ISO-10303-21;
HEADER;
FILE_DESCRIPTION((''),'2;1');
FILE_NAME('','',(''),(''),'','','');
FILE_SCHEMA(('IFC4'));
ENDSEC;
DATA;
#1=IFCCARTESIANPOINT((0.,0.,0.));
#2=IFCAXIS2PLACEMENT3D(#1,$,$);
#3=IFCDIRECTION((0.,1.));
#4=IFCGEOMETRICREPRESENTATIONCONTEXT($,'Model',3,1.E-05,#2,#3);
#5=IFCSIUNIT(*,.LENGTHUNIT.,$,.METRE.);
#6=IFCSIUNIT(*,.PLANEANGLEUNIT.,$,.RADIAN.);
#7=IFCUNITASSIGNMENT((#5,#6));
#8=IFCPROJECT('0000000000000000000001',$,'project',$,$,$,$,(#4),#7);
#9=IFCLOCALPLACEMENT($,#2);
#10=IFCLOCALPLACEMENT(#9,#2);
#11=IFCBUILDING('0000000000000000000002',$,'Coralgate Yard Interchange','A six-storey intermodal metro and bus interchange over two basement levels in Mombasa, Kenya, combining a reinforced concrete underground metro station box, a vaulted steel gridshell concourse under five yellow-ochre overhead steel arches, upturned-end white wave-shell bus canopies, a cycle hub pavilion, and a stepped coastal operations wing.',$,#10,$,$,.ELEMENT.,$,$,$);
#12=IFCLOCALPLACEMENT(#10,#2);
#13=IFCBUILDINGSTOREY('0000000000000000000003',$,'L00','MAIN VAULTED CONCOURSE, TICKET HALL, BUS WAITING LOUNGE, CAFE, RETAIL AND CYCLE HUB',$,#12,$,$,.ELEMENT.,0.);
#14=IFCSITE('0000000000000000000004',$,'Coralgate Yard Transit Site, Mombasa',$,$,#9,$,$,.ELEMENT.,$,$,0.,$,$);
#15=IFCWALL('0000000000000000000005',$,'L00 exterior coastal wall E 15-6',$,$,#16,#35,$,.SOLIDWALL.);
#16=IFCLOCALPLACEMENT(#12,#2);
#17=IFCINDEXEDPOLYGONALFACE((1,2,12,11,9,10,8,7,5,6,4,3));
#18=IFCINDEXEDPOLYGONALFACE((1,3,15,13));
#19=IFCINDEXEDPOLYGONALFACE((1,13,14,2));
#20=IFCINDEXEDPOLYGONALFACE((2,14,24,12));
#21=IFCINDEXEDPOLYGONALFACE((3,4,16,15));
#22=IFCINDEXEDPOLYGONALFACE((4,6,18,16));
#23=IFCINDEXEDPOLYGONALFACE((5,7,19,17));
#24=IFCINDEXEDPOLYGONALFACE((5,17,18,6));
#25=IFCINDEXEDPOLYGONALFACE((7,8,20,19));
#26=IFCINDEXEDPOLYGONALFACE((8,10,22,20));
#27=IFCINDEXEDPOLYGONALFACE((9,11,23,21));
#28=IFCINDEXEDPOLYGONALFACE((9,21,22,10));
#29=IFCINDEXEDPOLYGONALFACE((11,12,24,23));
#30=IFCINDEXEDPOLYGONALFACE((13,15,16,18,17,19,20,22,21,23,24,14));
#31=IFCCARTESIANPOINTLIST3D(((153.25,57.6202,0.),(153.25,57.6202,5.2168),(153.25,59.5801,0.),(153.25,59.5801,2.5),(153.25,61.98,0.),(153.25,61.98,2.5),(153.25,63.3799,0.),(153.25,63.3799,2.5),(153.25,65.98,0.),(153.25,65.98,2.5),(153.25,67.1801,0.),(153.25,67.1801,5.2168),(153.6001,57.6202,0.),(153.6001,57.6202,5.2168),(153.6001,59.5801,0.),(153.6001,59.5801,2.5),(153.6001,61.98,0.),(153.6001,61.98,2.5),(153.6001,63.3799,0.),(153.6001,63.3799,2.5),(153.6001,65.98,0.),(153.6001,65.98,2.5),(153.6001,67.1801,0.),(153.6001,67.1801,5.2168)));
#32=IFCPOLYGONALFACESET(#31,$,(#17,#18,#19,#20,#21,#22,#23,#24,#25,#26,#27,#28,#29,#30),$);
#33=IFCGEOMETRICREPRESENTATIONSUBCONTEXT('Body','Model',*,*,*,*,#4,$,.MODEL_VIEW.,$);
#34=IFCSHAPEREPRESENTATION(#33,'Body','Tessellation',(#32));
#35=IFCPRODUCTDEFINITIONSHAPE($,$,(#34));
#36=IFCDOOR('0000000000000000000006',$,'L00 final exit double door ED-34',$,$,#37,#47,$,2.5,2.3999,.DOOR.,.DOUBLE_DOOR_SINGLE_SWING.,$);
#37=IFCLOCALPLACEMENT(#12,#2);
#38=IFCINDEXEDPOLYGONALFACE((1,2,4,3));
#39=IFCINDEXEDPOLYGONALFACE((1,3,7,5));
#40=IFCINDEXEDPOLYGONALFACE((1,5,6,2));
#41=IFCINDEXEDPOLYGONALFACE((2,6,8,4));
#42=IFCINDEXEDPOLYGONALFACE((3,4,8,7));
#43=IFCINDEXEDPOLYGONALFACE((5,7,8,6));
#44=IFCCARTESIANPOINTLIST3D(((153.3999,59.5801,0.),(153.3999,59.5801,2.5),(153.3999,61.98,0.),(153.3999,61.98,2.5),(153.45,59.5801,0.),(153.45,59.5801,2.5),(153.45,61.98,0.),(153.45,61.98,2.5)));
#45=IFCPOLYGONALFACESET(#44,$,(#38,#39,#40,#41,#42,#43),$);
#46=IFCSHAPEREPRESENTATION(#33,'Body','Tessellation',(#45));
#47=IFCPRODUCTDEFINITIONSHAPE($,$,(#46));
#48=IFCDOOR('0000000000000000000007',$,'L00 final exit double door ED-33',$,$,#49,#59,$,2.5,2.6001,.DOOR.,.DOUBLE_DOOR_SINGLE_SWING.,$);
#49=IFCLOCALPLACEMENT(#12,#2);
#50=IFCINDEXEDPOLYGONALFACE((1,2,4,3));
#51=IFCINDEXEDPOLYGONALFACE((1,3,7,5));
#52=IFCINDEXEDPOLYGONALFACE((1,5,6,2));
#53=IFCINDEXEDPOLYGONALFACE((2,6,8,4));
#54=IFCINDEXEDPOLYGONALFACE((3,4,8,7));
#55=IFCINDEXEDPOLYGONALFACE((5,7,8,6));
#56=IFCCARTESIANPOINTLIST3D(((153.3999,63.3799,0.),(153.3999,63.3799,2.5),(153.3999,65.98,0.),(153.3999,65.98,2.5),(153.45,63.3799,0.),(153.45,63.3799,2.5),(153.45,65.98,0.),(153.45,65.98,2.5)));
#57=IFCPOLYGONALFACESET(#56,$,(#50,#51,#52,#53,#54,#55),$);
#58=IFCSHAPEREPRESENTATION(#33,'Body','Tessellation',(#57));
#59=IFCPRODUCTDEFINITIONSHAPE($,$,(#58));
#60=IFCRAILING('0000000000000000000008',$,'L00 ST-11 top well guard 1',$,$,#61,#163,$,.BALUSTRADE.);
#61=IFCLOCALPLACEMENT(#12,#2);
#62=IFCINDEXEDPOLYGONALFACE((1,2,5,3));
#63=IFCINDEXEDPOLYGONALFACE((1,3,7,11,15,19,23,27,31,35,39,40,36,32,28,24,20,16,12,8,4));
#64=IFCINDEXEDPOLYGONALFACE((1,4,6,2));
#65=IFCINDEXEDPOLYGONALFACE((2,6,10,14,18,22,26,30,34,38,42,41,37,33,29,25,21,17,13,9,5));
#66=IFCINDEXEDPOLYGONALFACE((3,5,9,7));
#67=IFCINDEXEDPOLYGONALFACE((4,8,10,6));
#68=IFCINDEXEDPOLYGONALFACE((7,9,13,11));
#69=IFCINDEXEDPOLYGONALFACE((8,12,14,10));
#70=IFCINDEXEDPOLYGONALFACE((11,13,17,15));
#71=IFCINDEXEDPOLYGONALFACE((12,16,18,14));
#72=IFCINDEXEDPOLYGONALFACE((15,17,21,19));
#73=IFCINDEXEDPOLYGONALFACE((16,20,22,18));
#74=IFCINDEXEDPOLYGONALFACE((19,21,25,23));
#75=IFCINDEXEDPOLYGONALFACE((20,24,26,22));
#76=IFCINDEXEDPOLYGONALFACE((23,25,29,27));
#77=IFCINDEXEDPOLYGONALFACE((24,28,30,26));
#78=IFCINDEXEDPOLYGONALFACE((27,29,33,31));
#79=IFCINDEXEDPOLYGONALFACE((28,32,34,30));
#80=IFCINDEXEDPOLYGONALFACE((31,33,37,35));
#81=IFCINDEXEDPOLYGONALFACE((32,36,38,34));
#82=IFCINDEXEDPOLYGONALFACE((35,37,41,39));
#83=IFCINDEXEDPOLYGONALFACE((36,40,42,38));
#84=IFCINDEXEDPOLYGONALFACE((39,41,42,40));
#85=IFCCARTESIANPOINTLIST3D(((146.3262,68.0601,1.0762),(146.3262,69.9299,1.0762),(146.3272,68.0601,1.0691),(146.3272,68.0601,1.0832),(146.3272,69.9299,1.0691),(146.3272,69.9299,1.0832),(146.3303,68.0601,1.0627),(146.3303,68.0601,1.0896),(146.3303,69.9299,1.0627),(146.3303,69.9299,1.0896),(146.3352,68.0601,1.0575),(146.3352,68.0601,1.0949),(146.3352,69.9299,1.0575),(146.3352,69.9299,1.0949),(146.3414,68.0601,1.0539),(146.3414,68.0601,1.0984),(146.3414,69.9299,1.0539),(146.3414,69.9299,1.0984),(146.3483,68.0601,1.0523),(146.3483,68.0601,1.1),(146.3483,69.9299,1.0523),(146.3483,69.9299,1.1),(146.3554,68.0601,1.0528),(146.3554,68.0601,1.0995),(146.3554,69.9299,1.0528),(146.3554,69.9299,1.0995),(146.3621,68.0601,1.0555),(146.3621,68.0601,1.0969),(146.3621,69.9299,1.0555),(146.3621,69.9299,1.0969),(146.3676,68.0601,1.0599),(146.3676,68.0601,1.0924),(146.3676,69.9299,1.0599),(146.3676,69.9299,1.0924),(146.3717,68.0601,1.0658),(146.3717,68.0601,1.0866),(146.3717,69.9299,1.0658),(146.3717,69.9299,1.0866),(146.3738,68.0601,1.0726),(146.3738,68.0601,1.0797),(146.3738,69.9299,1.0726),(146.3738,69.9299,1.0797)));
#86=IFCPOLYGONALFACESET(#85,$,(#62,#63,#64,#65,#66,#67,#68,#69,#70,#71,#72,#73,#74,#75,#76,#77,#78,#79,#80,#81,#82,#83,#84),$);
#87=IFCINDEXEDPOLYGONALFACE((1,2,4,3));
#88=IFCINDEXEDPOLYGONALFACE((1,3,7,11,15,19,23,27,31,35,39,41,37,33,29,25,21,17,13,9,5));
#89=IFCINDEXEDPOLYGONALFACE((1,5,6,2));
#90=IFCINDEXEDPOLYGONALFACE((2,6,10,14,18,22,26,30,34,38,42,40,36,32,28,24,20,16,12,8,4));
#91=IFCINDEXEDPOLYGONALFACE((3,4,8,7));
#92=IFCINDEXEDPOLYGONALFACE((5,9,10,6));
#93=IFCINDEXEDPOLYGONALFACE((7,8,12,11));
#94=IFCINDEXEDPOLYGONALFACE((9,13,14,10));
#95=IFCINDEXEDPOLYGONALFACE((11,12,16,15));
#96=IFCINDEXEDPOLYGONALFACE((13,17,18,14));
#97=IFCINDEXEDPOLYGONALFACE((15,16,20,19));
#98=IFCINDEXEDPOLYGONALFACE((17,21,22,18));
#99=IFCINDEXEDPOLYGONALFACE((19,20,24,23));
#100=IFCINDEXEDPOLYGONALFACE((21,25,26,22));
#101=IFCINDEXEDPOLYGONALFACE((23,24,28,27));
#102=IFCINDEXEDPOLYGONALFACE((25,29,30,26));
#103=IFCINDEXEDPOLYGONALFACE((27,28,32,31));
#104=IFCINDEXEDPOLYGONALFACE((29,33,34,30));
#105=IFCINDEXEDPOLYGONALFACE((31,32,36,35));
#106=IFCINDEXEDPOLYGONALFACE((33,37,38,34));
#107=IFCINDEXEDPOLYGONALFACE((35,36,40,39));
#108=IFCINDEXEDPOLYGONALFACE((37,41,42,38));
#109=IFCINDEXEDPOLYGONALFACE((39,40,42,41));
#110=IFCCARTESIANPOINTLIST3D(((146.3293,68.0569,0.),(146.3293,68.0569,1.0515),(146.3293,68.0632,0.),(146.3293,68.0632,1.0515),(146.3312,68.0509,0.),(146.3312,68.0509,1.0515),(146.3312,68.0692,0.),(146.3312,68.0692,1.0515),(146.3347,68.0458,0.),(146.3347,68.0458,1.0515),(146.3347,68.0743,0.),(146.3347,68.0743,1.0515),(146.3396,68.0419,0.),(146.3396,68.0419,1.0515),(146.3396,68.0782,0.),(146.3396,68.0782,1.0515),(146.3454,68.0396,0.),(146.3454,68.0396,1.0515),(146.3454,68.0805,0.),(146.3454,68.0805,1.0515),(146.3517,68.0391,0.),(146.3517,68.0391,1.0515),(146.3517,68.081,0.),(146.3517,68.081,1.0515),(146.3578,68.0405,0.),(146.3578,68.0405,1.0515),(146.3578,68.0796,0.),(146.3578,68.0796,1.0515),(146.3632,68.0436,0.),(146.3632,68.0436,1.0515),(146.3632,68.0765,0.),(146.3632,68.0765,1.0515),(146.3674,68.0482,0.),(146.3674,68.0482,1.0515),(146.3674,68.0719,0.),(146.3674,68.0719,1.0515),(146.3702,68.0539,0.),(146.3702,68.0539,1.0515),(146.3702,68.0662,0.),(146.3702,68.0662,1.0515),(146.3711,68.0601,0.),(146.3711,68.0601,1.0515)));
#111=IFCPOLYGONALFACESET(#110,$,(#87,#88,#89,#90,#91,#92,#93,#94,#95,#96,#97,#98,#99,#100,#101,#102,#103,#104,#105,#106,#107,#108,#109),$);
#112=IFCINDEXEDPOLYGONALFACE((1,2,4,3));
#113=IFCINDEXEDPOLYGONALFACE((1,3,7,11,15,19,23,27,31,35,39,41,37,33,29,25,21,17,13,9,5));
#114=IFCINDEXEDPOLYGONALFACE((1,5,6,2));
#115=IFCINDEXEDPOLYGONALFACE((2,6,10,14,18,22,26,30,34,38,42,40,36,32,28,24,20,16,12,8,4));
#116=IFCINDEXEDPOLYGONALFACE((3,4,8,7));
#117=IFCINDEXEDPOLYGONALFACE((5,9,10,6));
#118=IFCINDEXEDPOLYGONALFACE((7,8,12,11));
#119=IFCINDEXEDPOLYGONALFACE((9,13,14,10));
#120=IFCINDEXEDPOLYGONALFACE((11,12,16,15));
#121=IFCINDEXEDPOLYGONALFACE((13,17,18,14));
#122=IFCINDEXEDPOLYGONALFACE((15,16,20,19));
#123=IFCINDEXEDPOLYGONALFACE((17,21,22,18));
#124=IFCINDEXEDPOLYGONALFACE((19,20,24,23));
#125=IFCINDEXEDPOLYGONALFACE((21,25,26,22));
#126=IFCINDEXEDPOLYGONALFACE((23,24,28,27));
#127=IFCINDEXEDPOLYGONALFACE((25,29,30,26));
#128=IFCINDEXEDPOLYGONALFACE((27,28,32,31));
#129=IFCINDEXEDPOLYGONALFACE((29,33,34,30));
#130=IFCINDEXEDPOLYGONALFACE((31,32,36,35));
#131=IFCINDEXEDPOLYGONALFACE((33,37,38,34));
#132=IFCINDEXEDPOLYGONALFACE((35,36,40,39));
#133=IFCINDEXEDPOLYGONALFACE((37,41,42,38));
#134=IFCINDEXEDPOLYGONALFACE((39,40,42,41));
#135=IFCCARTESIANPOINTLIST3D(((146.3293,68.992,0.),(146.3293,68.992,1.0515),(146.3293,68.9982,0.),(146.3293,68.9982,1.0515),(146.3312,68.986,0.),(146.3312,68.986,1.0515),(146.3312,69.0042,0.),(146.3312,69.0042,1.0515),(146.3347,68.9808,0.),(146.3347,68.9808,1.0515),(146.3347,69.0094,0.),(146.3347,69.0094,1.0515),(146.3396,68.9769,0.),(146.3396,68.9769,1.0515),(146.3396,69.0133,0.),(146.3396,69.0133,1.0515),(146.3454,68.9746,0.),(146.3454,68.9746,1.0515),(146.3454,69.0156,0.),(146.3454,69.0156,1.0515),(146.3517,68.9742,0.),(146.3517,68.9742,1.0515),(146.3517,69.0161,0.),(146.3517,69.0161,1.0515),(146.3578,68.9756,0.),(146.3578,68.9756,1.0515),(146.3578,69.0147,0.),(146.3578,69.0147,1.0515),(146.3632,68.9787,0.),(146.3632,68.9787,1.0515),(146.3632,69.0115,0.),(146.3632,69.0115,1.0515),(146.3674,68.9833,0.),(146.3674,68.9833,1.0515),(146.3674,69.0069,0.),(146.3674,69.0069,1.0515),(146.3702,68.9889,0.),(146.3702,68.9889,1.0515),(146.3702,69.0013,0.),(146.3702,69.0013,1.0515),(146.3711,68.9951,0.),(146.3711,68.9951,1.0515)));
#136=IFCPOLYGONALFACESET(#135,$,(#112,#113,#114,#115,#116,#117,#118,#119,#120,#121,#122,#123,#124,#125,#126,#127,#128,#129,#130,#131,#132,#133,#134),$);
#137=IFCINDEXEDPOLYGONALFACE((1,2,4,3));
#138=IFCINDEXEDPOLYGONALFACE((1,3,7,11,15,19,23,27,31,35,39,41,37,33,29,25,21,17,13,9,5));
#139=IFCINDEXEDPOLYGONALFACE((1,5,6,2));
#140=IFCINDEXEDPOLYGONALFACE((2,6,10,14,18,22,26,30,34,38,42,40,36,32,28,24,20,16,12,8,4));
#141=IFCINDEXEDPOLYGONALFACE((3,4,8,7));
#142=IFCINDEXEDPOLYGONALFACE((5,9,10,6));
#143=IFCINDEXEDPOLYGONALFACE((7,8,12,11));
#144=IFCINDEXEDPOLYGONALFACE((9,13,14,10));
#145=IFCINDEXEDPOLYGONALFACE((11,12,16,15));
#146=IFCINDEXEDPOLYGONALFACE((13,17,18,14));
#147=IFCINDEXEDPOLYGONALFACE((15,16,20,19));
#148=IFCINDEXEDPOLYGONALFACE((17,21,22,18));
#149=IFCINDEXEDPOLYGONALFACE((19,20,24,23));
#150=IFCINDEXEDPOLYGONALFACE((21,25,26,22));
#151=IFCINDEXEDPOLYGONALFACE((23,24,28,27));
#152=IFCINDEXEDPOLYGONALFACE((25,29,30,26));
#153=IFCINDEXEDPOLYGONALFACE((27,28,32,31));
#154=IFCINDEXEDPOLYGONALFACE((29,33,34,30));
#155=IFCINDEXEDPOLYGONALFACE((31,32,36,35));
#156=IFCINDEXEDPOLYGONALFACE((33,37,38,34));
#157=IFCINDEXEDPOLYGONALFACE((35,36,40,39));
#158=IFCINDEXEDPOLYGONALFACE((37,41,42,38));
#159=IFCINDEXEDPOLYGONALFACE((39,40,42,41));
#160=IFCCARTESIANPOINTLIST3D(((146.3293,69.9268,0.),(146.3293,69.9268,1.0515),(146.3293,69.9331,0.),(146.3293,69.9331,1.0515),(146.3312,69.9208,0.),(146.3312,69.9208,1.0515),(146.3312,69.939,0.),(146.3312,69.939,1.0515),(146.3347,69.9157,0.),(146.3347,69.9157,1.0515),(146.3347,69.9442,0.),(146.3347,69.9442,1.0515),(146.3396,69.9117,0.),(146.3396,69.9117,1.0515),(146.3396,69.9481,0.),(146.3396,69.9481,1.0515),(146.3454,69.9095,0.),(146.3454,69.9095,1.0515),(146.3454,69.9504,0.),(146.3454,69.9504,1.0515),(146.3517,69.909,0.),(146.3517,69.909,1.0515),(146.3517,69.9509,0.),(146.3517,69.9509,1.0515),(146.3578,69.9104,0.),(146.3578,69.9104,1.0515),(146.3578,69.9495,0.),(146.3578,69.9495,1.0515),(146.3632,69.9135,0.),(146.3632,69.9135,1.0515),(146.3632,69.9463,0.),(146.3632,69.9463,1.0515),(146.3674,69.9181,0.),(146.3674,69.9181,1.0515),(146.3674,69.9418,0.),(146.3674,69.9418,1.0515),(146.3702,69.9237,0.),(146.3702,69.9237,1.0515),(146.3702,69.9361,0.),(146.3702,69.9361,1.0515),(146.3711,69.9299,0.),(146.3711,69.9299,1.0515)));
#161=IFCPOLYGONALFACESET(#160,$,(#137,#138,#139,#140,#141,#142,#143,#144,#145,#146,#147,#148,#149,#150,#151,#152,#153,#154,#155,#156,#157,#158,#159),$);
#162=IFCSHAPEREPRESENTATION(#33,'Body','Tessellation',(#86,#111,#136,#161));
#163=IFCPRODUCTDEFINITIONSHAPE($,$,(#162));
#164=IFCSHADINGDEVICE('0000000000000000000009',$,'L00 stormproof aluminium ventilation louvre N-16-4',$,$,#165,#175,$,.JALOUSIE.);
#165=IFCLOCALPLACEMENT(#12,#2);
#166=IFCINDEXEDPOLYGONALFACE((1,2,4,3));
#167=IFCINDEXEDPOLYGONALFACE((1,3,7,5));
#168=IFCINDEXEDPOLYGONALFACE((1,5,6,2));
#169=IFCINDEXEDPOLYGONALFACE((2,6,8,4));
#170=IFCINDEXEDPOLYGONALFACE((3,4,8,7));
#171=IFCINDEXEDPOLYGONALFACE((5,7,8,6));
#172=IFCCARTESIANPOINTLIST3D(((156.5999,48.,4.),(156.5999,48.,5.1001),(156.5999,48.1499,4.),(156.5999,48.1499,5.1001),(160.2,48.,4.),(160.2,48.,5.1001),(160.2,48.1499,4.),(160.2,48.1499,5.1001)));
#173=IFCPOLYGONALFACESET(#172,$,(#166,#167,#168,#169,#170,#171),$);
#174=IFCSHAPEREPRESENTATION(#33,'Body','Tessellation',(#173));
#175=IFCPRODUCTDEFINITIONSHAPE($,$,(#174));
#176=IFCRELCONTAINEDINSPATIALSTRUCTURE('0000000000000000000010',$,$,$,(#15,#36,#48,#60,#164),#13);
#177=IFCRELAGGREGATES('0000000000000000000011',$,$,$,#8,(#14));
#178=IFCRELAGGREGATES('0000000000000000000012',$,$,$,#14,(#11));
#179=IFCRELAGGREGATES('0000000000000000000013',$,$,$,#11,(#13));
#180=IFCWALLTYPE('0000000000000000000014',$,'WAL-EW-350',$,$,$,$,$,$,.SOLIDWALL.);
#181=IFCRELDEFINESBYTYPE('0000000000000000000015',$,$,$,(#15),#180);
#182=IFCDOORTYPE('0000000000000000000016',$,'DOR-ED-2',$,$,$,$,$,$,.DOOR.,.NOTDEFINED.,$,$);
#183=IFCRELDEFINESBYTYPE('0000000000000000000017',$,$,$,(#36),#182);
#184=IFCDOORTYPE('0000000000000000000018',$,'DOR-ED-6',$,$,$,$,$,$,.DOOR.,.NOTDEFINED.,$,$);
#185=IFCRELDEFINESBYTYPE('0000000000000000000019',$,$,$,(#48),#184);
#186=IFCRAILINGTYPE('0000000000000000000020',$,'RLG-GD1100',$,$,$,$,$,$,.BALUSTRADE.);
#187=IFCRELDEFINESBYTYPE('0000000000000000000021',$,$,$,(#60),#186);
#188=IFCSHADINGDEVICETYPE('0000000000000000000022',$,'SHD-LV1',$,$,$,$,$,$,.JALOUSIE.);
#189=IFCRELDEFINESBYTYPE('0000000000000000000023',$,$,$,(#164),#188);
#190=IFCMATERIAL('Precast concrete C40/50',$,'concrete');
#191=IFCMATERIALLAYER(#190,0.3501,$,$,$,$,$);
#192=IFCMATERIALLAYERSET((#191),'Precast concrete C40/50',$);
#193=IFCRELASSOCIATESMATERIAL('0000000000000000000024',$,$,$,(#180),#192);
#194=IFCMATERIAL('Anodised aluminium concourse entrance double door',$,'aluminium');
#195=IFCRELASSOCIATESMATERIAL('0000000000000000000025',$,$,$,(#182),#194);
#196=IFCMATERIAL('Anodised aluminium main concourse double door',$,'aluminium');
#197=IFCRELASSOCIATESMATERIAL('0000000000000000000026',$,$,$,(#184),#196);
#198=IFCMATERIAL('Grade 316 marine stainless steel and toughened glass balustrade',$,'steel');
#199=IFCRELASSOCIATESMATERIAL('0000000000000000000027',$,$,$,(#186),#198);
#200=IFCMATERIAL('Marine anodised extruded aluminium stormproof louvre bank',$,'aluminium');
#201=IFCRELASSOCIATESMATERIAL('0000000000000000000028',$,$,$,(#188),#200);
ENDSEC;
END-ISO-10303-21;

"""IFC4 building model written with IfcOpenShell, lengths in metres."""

from ifc_helpers import new_model, si_unit, direction, frame, frame_2d, origin, origin_2d, place, context, subcontext, project, spatial, rectangle, circle, extrude, material, layer, layer_set, type_object, element, fill, save


model = new_model("IFC4")

# Units and contexts
model_context = context("Model", 3, precision=1e-05, world=origin(), true_north=direction((0.0, 1.0)))
body_context = subcontext(model_context, "Body", "Model", "MODEL_VIEW")
ifc_project = project(units=[si_unit("LENGTHUNIT", "METRE"), si_unit("PLANEANGLEUNIT", "RADIAN")], contexts=[model_context])

# Site, building, storey
site_placement = place(None, origin())
site = spatial("IfcSite", under=ifc_project, at=site_placement, Name="Coralgate Yard Transit Site, Mombasa", CompositionType="ELEMENT", RefElevation=0.0)
building_placement = place(site_placement, origin())
building = spatial("IfcBuilding", under=site, at=building_placement, Name="Coralgate Yard Interchange", Description="A six-storey intermodal metro and bus interchange over two basement levels in Mombasa, Kenya, combining a reinforced concrete underground metro station box, a vaulted steel gridshell concourse under five yellow-ochre overhead steel arches, upturned-end white wave-shell bus canopies, a cycle hub pavilion, and a stepped coastal operations wing.", CompositionType="ELEMENT")
storey_placement = place(building_placement, origin())
storey = spatial("IfcBuildingStorey", under=building, at=storey_placement, Name="L00", Description="MAIN VAULTED CONCOURSE, TICKET HALL, BUS WAITING LOUNGE, CAFE, RETAIL AND CYCLE HUB", CompositionType="ELEMENT", Elevation=0.0)

# Wall, openings, doors
ifc_material_1 = material(Name="Precast concrete C40/50", Category="concrete")
ifc_layer_1 = layer(ifc_material_1, 0.3501)
ifc_layer_set_1 = layer_set([ifc_layer_1], Name="Precast concrete C40/50")
wall_type_1 = type_object("IfcWallType", Name="WAL-EW-350", PredefinedType="SOLIDWALL", material=ifc_layer_set_1)
ifc_material_2 = material(Name="Anodised aluminium concourse entrance double door", Category="aluminium")
door_type_1 = type_object("IfcDoorType", Name="DOR-ED-2", OperationType="NOTDEFINED", PredefinedType="DOOR", material=ifc_material_2)
ifc_material_3 = material(Name="Anodised aluminium main concourse double door", Category="aluminium")
door_type_2 = type_object("IfcDoorType", Name="DOR-ED-6", OperationType="NOTDEFINED", PredefinedType="DOOR", material=ifc_material_3)
wall_1_placement = place(storey_placement, frame((153.425, 67.1799, 0.0), z_axis=(0.0, 0.0, 1.0), x_axis=(0.0, -1.0, 0.0)))
wall_1 = element("IfcWall", 1, at=wall_1_placement, inside=storey, type_object=wall_type_1, Name="L00 exterior coastal wall E 15-6", PredefinedType="SOLIDWALL", context=body_context, shape_type="SweptSolid", body=[
    extrude(rectangle(XDim=9.5598, YDim=0.3501, at=frame_2d((4.7798, 0.0))), origin(), (0.0, 0.0, 1.0), 5.2168),
])
opening_1_placement = place(wall_1_placement, frame((1.2, 0.0, 0.0)))
opening_1 = element("IfcOpeningElement", 2, at=opening_1_placement, cuts=wall_1, PredefinedType="OPENING", context=body_context, shape_type="SweptSolid", body=[
    extrude(rectangle(XDim=2.6001, YDim=2.5, at=frame_2d((1.3, 1.25))), frame((0.0, 0.1851, 0.0), z_axis=(0.0, -1.0, 0.0), x_axis=(1.0, 0.0, 0.0)), (0.0, 0.0, 1.0), 0.3701),
])
opening_2_placement = place(wall_1_placement, frame((5.2, 0.0, 0.0)))
opening_2 = element("IfcOpeningElement", 3, at=opening_2_placement, cuts=wall_1, PredefinedType="OPENING", context=body_context, shape_type="SweptSolid", body=[
    extrude(rectangle(XDim=2.3999, YDim=2.5, at=frame_2d((1.2, 1.25))), frame((0.0, 0.1851, 0.0), z_axis=(0.0, -1.0, 0.0), x_axis=(1.0, 0.0, 0.0)), (0.0, 0.0, 1.0), 0.3701),
])
door_1_placement = place(opening_2_placement, origin())
door_1 = element("IfcDoor", 4, at=door_1_placement, inside=storey, type_object=door_type_1, Name="L00 final exit double door ED-34", OperationType="DOUBLE_DOOR_SINGLE_SWING", OverallHeight=2.5, OverallWidth=2.3999, PredefinedType="DOOR", context=body_context, shape_type="SweptSolid", body=[
    extrude(rectangle(XDim=2.3999, YDim=2.5, at=frame_2d((1.2, 1.25))), frame((0.0, 0.0249, 0.0), z_axis=(0.0, -1.0, 0.0), x_axis=(1.0, 0.0, 0.0)), (0.0, 0.0, 1.0), 0.05),
])
fill(opening_2, door_1)
door_2_placement = place(opening_1_placement, origin())
door_2 = element("IfcDoor", 5, at=door_2_placement, inside=storey, type_object=door_type_2, Name="L00 final exit double door ED-33", OperationType="DOUBLE_DOOR_SINGLE_SWING", OverallHeight=2.5, OverallWidth=2.6001, PredefinedType="DOOR", context=body_context, shape_type="SweptSolid", body=[
    extrude(rectangle(XDim=2.6001, YDim=2.5, at=frame_2d((1.3, 1.25))), frame((0.0, 0.0249, 0.0), z_axis=(0.0, -1.0, 0.0), x_axis=(1.0, 0.0, 0.0)), (0.0, 0.0, 1.0), 0.05),
])
fill(opening_1, door_2)

# Railing
ifc_material_4 = material(Name="Grade 316 marine stainless steel and toughened glass balustrade", Category="steel")
railing_type = type_object("IfcRailingType", Name="RLG-GD1100", PredefinedType="BALUSTRADE", material=ifc_material_4)
railing_placement = place(storey_placement, frame((146.3501, 68.0601, 0.0)))
element("IfcRailing", 6, at=railing_placement, inside=storey, type_object=railing_type, Name="L00 ST-11 top well guard 1", PredefinedType="BALUSTRADE", context=body_context, shape_type="SweptSolid", body=[
    extrude(circle(Radius=0.0239, at=origin_2d()), frame((0.0, 0.0, 1.0762), z_axis=(0.0, 1.0, 0.0), x_axis=(-1.0, 0.0, 0.0)), (0.0, 0.0, 1.0), 1.8699),
    extrude(circle(Radius=0.021, at=origin_2d()), origin(), (0.0, 0.0, 1.0), 1.0515),
    extrude(circle(Radius=0.021, at=origin_2d()), frame((0.0, 0.9351, 0.0)), (0.0, 0.0, 1.0), 1.0515),
    extrude(circle(Radius=0.021, at=origin_2d()), frame((0.0, 1.8699, 0.0)), (0.0, 0.0, 1.0), 1.0515),
])

# Shading device
ifc_material_5 = material(Name="Marine anodised extruded aluminium stormproof louvre bank", Category="aluminium")
shading_device_type = type_object("IfcShadingDeviceType", Name="SHD-LV1", PredefinedType="JALOUSIE", material=ifc_material_5)
shading_device_placement = place(storey_placement, frame((158.3999, 48.075, 4.0), z_axis=(0.0, 0.0, 1.0), x_axis=(1.0, 0.0, 0.0)))
element("IfcShadingDevice", 7, at=shading_device_placement, inside=storey, type_object=shading_device_type, Name="L00 stormproof aluminium ventilation louvre N-16-4", PredefinedType="JALOUSIE", context=body_context, shape_type="SweptSolid", body=[
    extrude(rectangle(XDim=3.6001, YDim=0.1499, at=origin_2d()), origin(), (0.0, 0.0, 1.0), 1.1001),
])

save(model, "model.ifc")
